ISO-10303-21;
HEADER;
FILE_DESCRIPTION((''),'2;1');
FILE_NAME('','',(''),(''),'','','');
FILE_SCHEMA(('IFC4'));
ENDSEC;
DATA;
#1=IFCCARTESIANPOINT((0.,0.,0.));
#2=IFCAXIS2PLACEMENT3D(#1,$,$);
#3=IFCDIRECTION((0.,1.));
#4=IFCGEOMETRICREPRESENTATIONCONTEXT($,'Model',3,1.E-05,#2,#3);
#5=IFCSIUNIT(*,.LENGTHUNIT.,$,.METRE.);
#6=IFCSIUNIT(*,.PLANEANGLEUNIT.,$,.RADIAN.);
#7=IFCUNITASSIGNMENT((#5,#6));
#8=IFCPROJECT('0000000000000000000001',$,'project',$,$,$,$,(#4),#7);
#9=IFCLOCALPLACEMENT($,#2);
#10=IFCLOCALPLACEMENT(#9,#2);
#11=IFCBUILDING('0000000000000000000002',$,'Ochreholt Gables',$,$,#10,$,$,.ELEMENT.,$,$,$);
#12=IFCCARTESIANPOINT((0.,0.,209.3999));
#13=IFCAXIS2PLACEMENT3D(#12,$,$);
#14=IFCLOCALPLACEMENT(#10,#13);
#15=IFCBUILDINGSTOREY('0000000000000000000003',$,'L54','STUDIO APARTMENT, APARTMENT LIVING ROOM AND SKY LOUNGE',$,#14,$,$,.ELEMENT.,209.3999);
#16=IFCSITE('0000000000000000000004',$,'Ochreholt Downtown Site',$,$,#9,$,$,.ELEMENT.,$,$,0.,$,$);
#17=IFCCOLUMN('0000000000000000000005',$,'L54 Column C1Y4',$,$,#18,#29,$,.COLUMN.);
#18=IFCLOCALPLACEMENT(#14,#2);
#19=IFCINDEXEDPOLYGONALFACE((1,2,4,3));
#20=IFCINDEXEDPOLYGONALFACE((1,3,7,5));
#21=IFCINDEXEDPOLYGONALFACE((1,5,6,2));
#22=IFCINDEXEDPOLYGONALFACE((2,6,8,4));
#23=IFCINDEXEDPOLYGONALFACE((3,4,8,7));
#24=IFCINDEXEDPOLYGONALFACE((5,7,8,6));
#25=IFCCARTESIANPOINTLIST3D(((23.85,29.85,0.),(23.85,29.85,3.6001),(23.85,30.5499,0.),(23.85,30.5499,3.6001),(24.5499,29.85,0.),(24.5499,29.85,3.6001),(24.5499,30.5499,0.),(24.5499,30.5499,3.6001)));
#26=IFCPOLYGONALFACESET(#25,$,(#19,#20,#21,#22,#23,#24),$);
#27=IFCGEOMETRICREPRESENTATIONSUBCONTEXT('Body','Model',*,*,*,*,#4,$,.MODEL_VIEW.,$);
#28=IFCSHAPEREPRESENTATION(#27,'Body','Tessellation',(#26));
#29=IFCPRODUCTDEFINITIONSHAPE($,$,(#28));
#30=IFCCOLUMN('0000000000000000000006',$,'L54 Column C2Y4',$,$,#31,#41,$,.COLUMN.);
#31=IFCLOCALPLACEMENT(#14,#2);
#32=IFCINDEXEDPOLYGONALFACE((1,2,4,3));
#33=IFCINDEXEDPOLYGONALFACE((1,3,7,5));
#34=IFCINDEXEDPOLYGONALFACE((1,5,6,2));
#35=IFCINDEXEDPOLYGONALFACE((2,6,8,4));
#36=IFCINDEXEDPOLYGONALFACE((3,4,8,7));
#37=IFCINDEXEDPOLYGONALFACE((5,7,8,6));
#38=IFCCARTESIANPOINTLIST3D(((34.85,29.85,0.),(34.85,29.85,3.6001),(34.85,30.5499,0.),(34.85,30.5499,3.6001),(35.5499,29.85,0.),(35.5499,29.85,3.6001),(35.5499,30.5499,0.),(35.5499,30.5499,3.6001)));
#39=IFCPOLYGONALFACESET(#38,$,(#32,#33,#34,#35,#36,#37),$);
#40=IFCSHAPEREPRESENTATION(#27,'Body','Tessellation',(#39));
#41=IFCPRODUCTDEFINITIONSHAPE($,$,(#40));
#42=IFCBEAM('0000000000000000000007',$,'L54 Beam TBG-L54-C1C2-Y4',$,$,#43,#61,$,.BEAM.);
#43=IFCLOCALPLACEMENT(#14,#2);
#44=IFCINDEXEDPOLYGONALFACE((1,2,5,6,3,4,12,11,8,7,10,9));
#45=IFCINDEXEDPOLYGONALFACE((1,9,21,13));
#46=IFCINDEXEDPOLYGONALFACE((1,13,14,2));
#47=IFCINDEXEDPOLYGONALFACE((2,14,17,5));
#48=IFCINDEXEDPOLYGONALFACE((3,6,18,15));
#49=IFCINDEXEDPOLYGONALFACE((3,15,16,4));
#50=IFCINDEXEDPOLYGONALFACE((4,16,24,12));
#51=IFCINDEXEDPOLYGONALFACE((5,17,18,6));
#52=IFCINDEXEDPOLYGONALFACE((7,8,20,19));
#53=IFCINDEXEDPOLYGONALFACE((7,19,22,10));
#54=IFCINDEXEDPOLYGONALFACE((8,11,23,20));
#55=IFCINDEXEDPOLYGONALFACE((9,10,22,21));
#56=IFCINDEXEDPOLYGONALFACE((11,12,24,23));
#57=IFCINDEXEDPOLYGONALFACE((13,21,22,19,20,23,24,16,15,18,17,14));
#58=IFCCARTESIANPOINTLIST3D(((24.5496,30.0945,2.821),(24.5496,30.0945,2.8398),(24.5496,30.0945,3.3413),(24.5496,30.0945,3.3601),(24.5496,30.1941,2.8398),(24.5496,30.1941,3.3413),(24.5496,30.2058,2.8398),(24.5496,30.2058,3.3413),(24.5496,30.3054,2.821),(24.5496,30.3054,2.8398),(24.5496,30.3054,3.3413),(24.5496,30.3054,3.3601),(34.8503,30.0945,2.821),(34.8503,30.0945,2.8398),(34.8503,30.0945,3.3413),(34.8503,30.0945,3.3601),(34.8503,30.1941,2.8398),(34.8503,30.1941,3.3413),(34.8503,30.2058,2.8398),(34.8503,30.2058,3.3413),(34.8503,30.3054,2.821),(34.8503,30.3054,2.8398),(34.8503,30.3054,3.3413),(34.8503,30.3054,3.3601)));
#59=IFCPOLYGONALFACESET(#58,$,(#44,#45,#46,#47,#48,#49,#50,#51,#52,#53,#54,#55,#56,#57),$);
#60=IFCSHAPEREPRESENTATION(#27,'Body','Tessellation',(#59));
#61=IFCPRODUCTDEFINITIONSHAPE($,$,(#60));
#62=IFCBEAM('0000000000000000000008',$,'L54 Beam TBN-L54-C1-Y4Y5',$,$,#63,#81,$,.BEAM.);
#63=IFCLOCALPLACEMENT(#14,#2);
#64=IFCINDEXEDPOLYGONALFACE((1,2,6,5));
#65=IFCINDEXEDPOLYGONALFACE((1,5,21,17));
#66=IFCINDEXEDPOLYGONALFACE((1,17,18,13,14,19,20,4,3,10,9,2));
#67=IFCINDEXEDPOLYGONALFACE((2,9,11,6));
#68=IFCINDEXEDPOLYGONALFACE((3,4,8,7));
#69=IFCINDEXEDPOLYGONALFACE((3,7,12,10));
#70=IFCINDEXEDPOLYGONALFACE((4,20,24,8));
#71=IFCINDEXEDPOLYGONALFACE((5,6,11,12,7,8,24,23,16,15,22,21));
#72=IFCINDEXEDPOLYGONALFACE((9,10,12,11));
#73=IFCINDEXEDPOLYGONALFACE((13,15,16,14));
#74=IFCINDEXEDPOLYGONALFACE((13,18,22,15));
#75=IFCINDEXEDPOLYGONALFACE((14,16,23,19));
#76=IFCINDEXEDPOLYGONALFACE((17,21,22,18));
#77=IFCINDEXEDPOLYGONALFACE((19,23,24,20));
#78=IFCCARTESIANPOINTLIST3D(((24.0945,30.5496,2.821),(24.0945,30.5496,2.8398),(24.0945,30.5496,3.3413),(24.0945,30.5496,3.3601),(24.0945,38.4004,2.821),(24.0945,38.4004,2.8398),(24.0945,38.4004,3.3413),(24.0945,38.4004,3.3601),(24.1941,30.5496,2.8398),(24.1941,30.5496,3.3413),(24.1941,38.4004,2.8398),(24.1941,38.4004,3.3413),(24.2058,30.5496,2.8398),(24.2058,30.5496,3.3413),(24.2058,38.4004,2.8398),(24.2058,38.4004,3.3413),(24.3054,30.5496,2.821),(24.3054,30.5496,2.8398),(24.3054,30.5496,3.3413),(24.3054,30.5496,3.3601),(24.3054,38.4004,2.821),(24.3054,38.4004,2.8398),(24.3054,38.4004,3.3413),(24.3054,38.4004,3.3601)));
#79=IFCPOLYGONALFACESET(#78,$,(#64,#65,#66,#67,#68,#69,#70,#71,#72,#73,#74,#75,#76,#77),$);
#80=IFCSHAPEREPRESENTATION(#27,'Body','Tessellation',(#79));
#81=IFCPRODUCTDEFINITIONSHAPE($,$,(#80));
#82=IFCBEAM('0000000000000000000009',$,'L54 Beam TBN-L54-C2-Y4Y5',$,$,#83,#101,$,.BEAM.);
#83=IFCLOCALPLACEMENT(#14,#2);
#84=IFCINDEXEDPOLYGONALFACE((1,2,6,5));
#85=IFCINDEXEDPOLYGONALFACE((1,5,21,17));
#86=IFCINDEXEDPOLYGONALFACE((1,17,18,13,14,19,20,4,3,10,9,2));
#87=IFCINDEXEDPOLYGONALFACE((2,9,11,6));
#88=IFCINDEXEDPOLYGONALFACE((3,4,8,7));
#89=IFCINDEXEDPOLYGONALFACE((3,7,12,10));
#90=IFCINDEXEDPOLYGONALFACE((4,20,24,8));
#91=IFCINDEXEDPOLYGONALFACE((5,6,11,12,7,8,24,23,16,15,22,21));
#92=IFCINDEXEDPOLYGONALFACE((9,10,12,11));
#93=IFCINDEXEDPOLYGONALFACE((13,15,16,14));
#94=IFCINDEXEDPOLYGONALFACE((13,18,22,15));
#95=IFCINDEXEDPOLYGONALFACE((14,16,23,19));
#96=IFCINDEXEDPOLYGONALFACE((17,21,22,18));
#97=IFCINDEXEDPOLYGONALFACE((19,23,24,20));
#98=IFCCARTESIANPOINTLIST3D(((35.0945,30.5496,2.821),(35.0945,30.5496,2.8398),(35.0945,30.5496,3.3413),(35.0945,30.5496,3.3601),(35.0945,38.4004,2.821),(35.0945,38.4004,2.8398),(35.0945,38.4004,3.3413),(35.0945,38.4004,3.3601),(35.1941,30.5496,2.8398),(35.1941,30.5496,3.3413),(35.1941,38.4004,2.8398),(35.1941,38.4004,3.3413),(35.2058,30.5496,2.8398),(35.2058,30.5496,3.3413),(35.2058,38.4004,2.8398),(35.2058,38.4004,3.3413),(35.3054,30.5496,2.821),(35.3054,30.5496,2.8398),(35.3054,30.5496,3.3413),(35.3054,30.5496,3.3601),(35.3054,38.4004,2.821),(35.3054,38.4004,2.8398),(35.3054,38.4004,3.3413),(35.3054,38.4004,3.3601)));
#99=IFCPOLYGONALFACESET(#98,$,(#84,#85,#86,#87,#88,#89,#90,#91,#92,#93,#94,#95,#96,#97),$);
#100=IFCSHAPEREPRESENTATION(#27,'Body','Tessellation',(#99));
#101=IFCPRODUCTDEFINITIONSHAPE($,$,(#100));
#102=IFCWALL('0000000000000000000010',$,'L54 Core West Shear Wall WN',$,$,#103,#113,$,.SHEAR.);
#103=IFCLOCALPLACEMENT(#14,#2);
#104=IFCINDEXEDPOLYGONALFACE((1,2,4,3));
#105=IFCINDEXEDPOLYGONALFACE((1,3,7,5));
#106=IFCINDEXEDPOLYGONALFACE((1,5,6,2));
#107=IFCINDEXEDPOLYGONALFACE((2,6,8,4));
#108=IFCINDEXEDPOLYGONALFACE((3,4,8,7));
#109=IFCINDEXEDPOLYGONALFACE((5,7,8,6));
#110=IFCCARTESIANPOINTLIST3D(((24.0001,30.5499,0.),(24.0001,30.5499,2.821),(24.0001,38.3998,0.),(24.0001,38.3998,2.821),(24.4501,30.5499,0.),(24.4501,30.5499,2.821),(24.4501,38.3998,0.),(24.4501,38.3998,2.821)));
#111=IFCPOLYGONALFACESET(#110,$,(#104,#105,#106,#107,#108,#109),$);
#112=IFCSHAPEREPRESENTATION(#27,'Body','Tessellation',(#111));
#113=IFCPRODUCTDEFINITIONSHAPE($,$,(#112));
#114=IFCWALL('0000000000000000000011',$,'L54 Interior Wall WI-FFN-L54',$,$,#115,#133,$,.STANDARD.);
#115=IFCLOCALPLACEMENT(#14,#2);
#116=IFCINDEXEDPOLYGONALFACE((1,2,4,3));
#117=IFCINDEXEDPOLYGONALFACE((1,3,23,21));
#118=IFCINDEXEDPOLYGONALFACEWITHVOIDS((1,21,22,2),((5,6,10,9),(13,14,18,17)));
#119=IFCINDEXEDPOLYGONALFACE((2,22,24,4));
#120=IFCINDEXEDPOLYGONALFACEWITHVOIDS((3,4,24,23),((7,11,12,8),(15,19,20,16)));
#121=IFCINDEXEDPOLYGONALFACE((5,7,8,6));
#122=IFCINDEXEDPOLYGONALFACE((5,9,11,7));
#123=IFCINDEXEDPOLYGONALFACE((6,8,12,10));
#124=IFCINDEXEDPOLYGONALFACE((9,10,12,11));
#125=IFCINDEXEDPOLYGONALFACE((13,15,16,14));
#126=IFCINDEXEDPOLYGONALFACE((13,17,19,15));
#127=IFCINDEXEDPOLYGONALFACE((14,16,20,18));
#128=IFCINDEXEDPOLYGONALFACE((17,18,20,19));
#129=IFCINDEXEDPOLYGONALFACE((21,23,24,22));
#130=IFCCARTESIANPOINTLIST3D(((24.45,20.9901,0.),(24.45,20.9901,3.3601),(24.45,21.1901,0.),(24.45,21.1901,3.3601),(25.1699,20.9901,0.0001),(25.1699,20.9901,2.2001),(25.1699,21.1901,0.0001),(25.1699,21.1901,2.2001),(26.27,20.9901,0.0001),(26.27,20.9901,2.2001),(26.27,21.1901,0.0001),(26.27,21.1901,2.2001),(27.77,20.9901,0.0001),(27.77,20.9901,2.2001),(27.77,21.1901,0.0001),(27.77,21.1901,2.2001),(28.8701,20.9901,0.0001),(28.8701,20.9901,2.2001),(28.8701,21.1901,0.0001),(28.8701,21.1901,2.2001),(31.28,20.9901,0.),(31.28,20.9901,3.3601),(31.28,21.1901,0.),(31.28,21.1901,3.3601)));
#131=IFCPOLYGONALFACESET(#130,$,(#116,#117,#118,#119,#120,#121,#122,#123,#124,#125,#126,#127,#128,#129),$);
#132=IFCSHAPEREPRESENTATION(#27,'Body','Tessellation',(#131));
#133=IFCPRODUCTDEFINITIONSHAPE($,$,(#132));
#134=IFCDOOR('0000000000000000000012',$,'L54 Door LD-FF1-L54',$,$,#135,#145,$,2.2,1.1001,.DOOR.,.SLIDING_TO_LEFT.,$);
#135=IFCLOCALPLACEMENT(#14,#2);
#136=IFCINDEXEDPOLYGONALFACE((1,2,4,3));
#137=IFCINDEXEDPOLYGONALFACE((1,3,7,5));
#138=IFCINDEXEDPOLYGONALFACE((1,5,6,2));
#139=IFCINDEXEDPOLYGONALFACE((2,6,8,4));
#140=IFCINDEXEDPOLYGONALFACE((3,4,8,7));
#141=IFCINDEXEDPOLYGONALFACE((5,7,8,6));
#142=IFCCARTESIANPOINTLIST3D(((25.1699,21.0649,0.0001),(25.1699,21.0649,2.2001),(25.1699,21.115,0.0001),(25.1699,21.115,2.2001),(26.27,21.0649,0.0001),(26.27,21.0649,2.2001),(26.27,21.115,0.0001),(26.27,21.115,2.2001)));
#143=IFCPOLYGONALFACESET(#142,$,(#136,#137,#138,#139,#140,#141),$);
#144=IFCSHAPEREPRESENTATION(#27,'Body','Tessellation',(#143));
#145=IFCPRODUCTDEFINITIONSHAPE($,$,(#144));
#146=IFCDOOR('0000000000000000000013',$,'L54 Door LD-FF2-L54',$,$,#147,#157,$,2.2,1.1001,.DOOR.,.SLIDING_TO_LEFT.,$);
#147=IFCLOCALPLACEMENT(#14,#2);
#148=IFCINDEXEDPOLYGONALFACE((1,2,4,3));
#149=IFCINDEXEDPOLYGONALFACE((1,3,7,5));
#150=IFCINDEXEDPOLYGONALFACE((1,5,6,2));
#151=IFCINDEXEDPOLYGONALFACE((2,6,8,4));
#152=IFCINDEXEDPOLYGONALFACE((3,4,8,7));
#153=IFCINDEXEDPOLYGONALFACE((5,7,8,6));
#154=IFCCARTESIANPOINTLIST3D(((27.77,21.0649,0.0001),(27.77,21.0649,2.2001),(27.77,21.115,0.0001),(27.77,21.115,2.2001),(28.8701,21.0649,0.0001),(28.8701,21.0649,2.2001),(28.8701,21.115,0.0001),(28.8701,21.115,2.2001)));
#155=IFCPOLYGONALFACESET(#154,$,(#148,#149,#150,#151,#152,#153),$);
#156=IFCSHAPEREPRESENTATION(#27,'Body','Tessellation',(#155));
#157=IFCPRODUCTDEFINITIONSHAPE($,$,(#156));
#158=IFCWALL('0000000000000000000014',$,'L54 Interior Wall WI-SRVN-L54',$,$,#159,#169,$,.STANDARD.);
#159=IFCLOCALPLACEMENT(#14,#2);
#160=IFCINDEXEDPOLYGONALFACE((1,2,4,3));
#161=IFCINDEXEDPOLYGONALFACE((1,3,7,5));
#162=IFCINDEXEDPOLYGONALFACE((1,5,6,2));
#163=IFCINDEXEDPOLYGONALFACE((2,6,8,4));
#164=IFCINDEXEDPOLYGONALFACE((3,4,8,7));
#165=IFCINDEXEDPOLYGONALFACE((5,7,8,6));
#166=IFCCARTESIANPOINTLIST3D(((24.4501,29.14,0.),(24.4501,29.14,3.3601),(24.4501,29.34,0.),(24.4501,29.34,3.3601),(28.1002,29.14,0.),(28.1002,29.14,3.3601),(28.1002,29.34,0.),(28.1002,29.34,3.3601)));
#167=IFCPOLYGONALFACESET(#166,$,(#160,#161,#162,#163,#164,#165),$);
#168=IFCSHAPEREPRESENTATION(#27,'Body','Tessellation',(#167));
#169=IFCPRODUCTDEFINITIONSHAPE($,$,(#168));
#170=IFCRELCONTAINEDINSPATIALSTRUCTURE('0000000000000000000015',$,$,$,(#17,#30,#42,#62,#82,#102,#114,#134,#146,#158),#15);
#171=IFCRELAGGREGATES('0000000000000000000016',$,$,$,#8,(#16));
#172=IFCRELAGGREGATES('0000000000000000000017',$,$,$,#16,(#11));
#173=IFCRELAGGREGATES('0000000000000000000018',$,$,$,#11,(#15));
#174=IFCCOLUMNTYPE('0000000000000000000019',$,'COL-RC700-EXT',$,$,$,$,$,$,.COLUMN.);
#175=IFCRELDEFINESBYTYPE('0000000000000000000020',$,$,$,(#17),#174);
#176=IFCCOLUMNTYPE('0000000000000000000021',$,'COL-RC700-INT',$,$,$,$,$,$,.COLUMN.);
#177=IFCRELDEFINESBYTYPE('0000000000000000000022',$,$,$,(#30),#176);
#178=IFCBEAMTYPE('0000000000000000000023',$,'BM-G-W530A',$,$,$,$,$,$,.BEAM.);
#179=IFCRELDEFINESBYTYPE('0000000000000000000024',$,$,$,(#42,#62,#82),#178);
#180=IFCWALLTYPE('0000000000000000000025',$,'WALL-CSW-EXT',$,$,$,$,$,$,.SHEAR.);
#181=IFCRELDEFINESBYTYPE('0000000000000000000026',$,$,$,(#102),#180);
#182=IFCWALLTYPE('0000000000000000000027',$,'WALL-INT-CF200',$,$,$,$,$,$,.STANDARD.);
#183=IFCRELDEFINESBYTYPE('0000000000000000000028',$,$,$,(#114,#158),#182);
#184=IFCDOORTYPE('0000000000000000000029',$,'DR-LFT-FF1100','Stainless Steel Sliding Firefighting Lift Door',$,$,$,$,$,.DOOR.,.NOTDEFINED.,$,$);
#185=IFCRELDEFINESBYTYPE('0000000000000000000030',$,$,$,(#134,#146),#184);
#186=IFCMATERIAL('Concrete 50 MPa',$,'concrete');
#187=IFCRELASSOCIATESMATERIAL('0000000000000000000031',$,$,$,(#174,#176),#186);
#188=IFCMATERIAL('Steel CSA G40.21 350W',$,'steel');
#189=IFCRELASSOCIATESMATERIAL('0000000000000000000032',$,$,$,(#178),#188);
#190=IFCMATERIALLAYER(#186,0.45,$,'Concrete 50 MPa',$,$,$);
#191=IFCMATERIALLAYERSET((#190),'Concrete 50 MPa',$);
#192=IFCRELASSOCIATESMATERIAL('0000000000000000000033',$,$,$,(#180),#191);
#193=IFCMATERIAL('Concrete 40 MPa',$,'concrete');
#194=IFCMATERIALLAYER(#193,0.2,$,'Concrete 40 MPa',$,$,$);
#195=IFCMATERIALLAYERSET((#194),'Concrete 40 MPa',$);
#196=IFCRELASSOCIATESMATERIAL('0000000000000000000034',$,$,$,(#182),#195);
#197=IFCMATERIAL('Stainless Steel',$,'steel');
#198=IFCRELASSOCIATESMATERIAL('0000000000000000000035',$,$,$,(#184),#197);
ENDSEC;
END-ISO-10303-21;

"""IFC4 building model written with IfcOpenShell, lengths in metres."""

from ifc_helpers import new_model, si_unit, direction, frame, frame_2d, origin, origin_2d, place, context, subcontext, project, spatial, rectangle, i_section, extrude, material, layer, layer_set, material_profile, profile_set, type_object, element, fill, save


model = new_model("IFC4")

# Units and contexts
model_context = context("Model", 3, precision=1e-05, world=origin(), true_north=direction((0.0, 1.0)))
body_context = subcontext(model_context, "Body", "Model", "MODEL_VIEW")
ifc_project = project(units=[si_unit("LENGTHUNIT", "METRE"), si_unit("PLANEANGLEUNIT", "RADIAN")], contexts=[model_context])

# Site, building, storey
site_placement = place(None, origin())
site = spatial("IfcSite", under=ifc_project, at=site_placement, Name="Ochreholt Downtown Site", CompositionType="ELEMENT", RefElevation=0.0)
building_placement = place(site_placement, origin())
building = spatial("IfcBuilding", under=site, at=building_placement, Name="Ochreholt Gables", CompositionType="ELEMENT")
storey_placement = place(building_placement, frame((0.0, 0.0, 209.3999)))
storey = spatial("IfcBuildingStorey", under=building, at=storey_placement, Name="L54", Description="STUDIO APARTMENT, APARTMENT LIVING ROOM AND SKY LOUNGE", CompositionType="ELEMENT", Elevation=209.3999)

# Columns
ifc_material_1 = material(Name="Concrete 50 MPa", Category="concrete")
ifc_material_profile_1 = material_profile(ifc_material_1, rectangle(XDim=0.7, YDim=0.7, at=origin_2d()), Name="RC700X700")
ifc_profile_set_1 = profile_set([ifc_material_profile_1], Name="Concrete 50 MPa")
column_type_1 = type_object("IfcColumnType", Name="COL-RC700-EXT", PredefinedType="COLUMN", material=ifc_profile_set_1)
column_1_placement = place(storey_placement, frame((24.2, 30.2, 0.0), z_axis=(0.0, 0.0, 1.0), x_axis=(1.0, 0.0, 0.0)))
element("IfcColumn", 1, at=column_1_placement, inside=storey, type_object=column_type_1, Name="L54 Column C1Y4", PredefinedType="COLUMN", context=body_context, shape_type="SweptSolid", body=[
    extrude(rectangle(XDim=0.7, YDim=0.7, at=origin_2d()), origin(), (0.0, 0.0, 1.0), 3.6001),
])
ifc_material_profile_2 = material_profile(ifc_material_1, rectangle(XDim=0.7, YDim=0.7, at=origin_2d()), Name="RC700X700")
ifc_profile_set_2 = profile_set([ifc_material_profile_2], Name="Concrete 50 MPa")
column_type_2 = type_object("IfcColumnType", Name="COL-RC700-INT", PredefinedType="COLUMN", material=ifc_profile_set_2)
column_2_placement = place(storey_placement, frame((35.2, 30.2, 0.0), z_axis=(0.0, 0.0, 1.0), x_axis=(1.0, 0.0, 0.0)))
element("IfcColumn", 2, at=column_2_placement, inside=storey, type_object=column_type_2, Name="L54 Column C2Y4", PredefinedType="COLUMN", context=body_context, shape_type="SweptSolid", body=[
    extrude(rectangle(XDim=0.7, YDim=0.7, at=origin_2d()), origin(), (0.0, 0.0, 1.0), 3.6001),
])

# Beams
ifc_material_2 = material(Name="Steel CSA G40.21 350W", Category="steel")
ifc_material_profile_3 = material_profile(ifc_material_2, i_section(OverallWidth=0.2109, OverallDepth=0.5391, WebThickness=0.0117, FlangeThickness=0.0188, at=origin_2d()), Name="W530X109")
ifc_profile_set_3 = profile_set([ifc_material_profile_3], Name="Steel CSA G40.21 350W")
beam_type = type_object("IfcBeamType", Name="BM-G-W530A", PredefinedType="BEAM", material=ifc_profile_set_3)
beam_placement = place(storey_placement, frame((24.5496, 30.2, 3.0906), z_axis=(1.0, 0.0, 0.0), x_axis=(0.0, 1.0, 0.0)))
element("IfcBeam", 3, at=beam_placement, inside=storey, type_object=beam_type, Name="L54 Beam TBG-L54-C1C2-Y4", PredefinedType="BEAM", context=body_context, shape_type="SweptSolid", body=[
    extrude(i_section(OverallWidth=0.2109, OverallDepth=0.5391, WebThickness=0.0117, FlangeThickness=0.0188, at=origin_2d()), origin(), (0.0, 0.0, 1.0), 10.3008),
])
for number, where, z_axis, x_axis, name in (
    (4, (24.2, 30.5496, 3.0906), (0.0, 1.0, 0.0), (-1.0, 0.0, 0.0), "L54 Beam TBN-L54-C1-Y4Y5"),
    (5, (35.2, 30.5496, 3.0906), (0.0, 1.0, 0.0), (-1.0, 0.0, 0.0), "L54 Beam TBN-L54-C2-Y4Y5"),
):
    element("IfcBeam", number, at=place(storey_placement, frame(where, z_axis=z_axis, x_axis=x_axis)), inside=storey, type_object=beam_type, Name=name, PredefinedType="BEAM", context=body_context, shape_type="SweptSolid", body=[
        extrude(i_section(OverallWidth=0.2109, OverallDepth=0.5391, WebThickness=0.0117, FlangeThickness=0.0188, at=origin_2d()), origin(), (0.0, 0.0, 1.0), 7.8508),
    ])

# Wall
ifc_layer_1 = layer(ifc_material_1, 0.45, Name="Concrete 50 MPa")
ifc_layer_set_1 = layer_set([ifc_layer_1], Name="Concrete 50 MPa")
wall_type_1 = type_object("IfcWallType", Name="WALL-CSW-EXT", PredefinedType="SHEAR", material=ifc_layer_set_1)
wall_1_placement = place(storey_placement, frame((24.2251, 30.55, 0.0), z_axis=(0.0, 0.0, 1.0), x_axis=(0.0, 1.0, 0.0)))
element("IfcWall", 6, at=wall_1_placement, inside=storey, type_object=wall_type_1, Name="L54 Core West Shear Wall WN", PredefinedType="SHEAR", context=body_context, shape_type="SweptSolid", body=[
    extrude(rectangle(XDim=7.8499, YDim=0.45, at=frame_2d((3.9248, 0.0))), origin(), (0.0, 0.0, 1.0), 2.821),
])

# Wall, openings, doors
ifc_material_3 = material(Name="Concrete 40 MPa", Category="concrete")
ifc_layer_2 = layer(ifc_material_3, 0.2, Name="Concrete 40 MPa")
ifc_layer_set_2 = layer_set([ifc_layer_2], Name="Concrete 40 MPa")
wall_type_2 = type_object("IfcWallType", Name="WALL-INT-CF200", PredefinedType="STANDARD", material=ifc_layer_set_2)
wall_2_placement = place(storey_placement, frame((24.45, 21.0901, 0.0), z_axis=(0.0, 0.0, 1.0), x_axis=(1.0, 0.0, 0.0)))
wall_2 = element("IfcWall", 7, at=wall_2_placement, inside=storey, type_object=wall_type_2, Name="L54 Interior Wall WI-FFN-L54", PredefinedType="STANDARD", context=body_context, shape_type="SweptSolid", body=[
    extrude(rectangle(XDim=6.8301, YDim=0.2, at=frame_2d((3.415, 0.0))), origin(), (0.0, 0.0, 1.0), 3.3601),
])
opening_1_placement = place(wall_2_placement, frame((0.72, 0.0, 0.0)))
opening_1 = element("IfcOpeningElement", 8, at=opening_1_placement, cuts=wall_2, PredefinedType="OPENING", context=body_context, shape_type="SweptSolid", body=[
    extrude(rectangle(XDim=1.1001, YDim=2.2, at=frame_2d((0.55, 1.1001))), frame((0.0, 0.1099, 0.0), z_axis=(0.0, -1.0, 0.0), x_axis=(1.0, 0.0, 0.0)), (0.0, 0.0, 1.0), 0.22),
])
opening_2_placement = place(wall_2_placement, frame((3.3201, 0.0, 0.0)))
opening_2 = element("IfcOpeningElement", 9, at=opening_2_placement, cuts=wall_2, PredefinedType="OPENING", context=body_context, shape_type="SweptSolid", body=[
    extrude(rectangle(XDim=1.1001, YDim=2.2, at=frame_2d((0.55, 1.1001))), frame((0.0, 0.1099, 0.0), z_axis=(0.0, -1.0, 0.0), x_axis=(1.0, 0.0, 0.0)), (0.0, 0.0, 1.0), 0.22),
])
ifc_material_4 = material(Name="Stainless Steel", Category="steel")
door_type_1 = type_object("IfcDoorType", Name="DR-LFT-FF1100", Description="Stainless Steel Sliding Firefighting Lift Door", OperationType="NOTDEFINED", PredefinedType="DOOR", material=ifc_material_4)
door_1_placement = place(opening_1_placement, origin())
door_1 = element("IfcDoor", 10, at=door_1_placement, inside=storey, type_object=door_type_1, Name="L54 Door LD-FF1-L54", OperationType="SLIDING_TO_LEFT", OverallHeight=2.2, OverallWidth=1.1001, PredefinedType="DOOR", context=body_context, shape_type="SweptSolid", body=[
    extrude(rectangle(XDim=1.1001, YDim=2.2, at=frame_2d((0.55, 1.1001))), frame((0.0, 0.0249, 0.0), z_axis=(0.0, -1.0, 0.0), x_axis=(1.0, 0.0, 0.0)), (0.0, 0.0, 1.0), 0.05),
])
fill(opening_1, door_1)
door_2_placement = place(opening_2_placement, origin())
door_2 = element("IfcDoor", 11, at=door_2_placement, inside=storey, type_object=door_type_1, Name="L54 Door LD-FF2-L54", OperationType="SLIDING_TO_LEFT", OverallHeight=2.2, OverallWidth=1.1001, PredefinedType="DOOR", context=body_context, shape_type="SweptSolid", body=[
    extrude(rectangle(XDim=1.1001, YDim=2.2, at=frame_2d((0.55, 1.1001))), frame((0.0, 0.0249, 0.0), z_axis=(0.0, -1.0, 0.0), x_axis=(1.0, 0.0, 0.0)), (0.0, 0.0, 1.0), 0.05),
])
fill(opening_2, door_2)

# Wall
wall_3_placement = place(storey_placement, frame((24.45, 29.24, 0.0), z_axis=(0.0, 0.0, 1.0), x_axis=(1.0, 0.0, 0.0)))
element("IfcWall", 12, at=wall_3_placement, inside=storey, type_object=wall_type_2, Name="L54 Interior Wall WI-SRVN-L54", PredefinedType="STANDARD", context=body_context, shape_type="SweptSolid", body=[
    extrude(rectangle(XDim=3.6501, YDim=0.2, at=frame_2d((1.8252, 0.0))), origin(), (0.0, 0.0, 1.0), 3.3601),
])

save(model, "model.ifc")
